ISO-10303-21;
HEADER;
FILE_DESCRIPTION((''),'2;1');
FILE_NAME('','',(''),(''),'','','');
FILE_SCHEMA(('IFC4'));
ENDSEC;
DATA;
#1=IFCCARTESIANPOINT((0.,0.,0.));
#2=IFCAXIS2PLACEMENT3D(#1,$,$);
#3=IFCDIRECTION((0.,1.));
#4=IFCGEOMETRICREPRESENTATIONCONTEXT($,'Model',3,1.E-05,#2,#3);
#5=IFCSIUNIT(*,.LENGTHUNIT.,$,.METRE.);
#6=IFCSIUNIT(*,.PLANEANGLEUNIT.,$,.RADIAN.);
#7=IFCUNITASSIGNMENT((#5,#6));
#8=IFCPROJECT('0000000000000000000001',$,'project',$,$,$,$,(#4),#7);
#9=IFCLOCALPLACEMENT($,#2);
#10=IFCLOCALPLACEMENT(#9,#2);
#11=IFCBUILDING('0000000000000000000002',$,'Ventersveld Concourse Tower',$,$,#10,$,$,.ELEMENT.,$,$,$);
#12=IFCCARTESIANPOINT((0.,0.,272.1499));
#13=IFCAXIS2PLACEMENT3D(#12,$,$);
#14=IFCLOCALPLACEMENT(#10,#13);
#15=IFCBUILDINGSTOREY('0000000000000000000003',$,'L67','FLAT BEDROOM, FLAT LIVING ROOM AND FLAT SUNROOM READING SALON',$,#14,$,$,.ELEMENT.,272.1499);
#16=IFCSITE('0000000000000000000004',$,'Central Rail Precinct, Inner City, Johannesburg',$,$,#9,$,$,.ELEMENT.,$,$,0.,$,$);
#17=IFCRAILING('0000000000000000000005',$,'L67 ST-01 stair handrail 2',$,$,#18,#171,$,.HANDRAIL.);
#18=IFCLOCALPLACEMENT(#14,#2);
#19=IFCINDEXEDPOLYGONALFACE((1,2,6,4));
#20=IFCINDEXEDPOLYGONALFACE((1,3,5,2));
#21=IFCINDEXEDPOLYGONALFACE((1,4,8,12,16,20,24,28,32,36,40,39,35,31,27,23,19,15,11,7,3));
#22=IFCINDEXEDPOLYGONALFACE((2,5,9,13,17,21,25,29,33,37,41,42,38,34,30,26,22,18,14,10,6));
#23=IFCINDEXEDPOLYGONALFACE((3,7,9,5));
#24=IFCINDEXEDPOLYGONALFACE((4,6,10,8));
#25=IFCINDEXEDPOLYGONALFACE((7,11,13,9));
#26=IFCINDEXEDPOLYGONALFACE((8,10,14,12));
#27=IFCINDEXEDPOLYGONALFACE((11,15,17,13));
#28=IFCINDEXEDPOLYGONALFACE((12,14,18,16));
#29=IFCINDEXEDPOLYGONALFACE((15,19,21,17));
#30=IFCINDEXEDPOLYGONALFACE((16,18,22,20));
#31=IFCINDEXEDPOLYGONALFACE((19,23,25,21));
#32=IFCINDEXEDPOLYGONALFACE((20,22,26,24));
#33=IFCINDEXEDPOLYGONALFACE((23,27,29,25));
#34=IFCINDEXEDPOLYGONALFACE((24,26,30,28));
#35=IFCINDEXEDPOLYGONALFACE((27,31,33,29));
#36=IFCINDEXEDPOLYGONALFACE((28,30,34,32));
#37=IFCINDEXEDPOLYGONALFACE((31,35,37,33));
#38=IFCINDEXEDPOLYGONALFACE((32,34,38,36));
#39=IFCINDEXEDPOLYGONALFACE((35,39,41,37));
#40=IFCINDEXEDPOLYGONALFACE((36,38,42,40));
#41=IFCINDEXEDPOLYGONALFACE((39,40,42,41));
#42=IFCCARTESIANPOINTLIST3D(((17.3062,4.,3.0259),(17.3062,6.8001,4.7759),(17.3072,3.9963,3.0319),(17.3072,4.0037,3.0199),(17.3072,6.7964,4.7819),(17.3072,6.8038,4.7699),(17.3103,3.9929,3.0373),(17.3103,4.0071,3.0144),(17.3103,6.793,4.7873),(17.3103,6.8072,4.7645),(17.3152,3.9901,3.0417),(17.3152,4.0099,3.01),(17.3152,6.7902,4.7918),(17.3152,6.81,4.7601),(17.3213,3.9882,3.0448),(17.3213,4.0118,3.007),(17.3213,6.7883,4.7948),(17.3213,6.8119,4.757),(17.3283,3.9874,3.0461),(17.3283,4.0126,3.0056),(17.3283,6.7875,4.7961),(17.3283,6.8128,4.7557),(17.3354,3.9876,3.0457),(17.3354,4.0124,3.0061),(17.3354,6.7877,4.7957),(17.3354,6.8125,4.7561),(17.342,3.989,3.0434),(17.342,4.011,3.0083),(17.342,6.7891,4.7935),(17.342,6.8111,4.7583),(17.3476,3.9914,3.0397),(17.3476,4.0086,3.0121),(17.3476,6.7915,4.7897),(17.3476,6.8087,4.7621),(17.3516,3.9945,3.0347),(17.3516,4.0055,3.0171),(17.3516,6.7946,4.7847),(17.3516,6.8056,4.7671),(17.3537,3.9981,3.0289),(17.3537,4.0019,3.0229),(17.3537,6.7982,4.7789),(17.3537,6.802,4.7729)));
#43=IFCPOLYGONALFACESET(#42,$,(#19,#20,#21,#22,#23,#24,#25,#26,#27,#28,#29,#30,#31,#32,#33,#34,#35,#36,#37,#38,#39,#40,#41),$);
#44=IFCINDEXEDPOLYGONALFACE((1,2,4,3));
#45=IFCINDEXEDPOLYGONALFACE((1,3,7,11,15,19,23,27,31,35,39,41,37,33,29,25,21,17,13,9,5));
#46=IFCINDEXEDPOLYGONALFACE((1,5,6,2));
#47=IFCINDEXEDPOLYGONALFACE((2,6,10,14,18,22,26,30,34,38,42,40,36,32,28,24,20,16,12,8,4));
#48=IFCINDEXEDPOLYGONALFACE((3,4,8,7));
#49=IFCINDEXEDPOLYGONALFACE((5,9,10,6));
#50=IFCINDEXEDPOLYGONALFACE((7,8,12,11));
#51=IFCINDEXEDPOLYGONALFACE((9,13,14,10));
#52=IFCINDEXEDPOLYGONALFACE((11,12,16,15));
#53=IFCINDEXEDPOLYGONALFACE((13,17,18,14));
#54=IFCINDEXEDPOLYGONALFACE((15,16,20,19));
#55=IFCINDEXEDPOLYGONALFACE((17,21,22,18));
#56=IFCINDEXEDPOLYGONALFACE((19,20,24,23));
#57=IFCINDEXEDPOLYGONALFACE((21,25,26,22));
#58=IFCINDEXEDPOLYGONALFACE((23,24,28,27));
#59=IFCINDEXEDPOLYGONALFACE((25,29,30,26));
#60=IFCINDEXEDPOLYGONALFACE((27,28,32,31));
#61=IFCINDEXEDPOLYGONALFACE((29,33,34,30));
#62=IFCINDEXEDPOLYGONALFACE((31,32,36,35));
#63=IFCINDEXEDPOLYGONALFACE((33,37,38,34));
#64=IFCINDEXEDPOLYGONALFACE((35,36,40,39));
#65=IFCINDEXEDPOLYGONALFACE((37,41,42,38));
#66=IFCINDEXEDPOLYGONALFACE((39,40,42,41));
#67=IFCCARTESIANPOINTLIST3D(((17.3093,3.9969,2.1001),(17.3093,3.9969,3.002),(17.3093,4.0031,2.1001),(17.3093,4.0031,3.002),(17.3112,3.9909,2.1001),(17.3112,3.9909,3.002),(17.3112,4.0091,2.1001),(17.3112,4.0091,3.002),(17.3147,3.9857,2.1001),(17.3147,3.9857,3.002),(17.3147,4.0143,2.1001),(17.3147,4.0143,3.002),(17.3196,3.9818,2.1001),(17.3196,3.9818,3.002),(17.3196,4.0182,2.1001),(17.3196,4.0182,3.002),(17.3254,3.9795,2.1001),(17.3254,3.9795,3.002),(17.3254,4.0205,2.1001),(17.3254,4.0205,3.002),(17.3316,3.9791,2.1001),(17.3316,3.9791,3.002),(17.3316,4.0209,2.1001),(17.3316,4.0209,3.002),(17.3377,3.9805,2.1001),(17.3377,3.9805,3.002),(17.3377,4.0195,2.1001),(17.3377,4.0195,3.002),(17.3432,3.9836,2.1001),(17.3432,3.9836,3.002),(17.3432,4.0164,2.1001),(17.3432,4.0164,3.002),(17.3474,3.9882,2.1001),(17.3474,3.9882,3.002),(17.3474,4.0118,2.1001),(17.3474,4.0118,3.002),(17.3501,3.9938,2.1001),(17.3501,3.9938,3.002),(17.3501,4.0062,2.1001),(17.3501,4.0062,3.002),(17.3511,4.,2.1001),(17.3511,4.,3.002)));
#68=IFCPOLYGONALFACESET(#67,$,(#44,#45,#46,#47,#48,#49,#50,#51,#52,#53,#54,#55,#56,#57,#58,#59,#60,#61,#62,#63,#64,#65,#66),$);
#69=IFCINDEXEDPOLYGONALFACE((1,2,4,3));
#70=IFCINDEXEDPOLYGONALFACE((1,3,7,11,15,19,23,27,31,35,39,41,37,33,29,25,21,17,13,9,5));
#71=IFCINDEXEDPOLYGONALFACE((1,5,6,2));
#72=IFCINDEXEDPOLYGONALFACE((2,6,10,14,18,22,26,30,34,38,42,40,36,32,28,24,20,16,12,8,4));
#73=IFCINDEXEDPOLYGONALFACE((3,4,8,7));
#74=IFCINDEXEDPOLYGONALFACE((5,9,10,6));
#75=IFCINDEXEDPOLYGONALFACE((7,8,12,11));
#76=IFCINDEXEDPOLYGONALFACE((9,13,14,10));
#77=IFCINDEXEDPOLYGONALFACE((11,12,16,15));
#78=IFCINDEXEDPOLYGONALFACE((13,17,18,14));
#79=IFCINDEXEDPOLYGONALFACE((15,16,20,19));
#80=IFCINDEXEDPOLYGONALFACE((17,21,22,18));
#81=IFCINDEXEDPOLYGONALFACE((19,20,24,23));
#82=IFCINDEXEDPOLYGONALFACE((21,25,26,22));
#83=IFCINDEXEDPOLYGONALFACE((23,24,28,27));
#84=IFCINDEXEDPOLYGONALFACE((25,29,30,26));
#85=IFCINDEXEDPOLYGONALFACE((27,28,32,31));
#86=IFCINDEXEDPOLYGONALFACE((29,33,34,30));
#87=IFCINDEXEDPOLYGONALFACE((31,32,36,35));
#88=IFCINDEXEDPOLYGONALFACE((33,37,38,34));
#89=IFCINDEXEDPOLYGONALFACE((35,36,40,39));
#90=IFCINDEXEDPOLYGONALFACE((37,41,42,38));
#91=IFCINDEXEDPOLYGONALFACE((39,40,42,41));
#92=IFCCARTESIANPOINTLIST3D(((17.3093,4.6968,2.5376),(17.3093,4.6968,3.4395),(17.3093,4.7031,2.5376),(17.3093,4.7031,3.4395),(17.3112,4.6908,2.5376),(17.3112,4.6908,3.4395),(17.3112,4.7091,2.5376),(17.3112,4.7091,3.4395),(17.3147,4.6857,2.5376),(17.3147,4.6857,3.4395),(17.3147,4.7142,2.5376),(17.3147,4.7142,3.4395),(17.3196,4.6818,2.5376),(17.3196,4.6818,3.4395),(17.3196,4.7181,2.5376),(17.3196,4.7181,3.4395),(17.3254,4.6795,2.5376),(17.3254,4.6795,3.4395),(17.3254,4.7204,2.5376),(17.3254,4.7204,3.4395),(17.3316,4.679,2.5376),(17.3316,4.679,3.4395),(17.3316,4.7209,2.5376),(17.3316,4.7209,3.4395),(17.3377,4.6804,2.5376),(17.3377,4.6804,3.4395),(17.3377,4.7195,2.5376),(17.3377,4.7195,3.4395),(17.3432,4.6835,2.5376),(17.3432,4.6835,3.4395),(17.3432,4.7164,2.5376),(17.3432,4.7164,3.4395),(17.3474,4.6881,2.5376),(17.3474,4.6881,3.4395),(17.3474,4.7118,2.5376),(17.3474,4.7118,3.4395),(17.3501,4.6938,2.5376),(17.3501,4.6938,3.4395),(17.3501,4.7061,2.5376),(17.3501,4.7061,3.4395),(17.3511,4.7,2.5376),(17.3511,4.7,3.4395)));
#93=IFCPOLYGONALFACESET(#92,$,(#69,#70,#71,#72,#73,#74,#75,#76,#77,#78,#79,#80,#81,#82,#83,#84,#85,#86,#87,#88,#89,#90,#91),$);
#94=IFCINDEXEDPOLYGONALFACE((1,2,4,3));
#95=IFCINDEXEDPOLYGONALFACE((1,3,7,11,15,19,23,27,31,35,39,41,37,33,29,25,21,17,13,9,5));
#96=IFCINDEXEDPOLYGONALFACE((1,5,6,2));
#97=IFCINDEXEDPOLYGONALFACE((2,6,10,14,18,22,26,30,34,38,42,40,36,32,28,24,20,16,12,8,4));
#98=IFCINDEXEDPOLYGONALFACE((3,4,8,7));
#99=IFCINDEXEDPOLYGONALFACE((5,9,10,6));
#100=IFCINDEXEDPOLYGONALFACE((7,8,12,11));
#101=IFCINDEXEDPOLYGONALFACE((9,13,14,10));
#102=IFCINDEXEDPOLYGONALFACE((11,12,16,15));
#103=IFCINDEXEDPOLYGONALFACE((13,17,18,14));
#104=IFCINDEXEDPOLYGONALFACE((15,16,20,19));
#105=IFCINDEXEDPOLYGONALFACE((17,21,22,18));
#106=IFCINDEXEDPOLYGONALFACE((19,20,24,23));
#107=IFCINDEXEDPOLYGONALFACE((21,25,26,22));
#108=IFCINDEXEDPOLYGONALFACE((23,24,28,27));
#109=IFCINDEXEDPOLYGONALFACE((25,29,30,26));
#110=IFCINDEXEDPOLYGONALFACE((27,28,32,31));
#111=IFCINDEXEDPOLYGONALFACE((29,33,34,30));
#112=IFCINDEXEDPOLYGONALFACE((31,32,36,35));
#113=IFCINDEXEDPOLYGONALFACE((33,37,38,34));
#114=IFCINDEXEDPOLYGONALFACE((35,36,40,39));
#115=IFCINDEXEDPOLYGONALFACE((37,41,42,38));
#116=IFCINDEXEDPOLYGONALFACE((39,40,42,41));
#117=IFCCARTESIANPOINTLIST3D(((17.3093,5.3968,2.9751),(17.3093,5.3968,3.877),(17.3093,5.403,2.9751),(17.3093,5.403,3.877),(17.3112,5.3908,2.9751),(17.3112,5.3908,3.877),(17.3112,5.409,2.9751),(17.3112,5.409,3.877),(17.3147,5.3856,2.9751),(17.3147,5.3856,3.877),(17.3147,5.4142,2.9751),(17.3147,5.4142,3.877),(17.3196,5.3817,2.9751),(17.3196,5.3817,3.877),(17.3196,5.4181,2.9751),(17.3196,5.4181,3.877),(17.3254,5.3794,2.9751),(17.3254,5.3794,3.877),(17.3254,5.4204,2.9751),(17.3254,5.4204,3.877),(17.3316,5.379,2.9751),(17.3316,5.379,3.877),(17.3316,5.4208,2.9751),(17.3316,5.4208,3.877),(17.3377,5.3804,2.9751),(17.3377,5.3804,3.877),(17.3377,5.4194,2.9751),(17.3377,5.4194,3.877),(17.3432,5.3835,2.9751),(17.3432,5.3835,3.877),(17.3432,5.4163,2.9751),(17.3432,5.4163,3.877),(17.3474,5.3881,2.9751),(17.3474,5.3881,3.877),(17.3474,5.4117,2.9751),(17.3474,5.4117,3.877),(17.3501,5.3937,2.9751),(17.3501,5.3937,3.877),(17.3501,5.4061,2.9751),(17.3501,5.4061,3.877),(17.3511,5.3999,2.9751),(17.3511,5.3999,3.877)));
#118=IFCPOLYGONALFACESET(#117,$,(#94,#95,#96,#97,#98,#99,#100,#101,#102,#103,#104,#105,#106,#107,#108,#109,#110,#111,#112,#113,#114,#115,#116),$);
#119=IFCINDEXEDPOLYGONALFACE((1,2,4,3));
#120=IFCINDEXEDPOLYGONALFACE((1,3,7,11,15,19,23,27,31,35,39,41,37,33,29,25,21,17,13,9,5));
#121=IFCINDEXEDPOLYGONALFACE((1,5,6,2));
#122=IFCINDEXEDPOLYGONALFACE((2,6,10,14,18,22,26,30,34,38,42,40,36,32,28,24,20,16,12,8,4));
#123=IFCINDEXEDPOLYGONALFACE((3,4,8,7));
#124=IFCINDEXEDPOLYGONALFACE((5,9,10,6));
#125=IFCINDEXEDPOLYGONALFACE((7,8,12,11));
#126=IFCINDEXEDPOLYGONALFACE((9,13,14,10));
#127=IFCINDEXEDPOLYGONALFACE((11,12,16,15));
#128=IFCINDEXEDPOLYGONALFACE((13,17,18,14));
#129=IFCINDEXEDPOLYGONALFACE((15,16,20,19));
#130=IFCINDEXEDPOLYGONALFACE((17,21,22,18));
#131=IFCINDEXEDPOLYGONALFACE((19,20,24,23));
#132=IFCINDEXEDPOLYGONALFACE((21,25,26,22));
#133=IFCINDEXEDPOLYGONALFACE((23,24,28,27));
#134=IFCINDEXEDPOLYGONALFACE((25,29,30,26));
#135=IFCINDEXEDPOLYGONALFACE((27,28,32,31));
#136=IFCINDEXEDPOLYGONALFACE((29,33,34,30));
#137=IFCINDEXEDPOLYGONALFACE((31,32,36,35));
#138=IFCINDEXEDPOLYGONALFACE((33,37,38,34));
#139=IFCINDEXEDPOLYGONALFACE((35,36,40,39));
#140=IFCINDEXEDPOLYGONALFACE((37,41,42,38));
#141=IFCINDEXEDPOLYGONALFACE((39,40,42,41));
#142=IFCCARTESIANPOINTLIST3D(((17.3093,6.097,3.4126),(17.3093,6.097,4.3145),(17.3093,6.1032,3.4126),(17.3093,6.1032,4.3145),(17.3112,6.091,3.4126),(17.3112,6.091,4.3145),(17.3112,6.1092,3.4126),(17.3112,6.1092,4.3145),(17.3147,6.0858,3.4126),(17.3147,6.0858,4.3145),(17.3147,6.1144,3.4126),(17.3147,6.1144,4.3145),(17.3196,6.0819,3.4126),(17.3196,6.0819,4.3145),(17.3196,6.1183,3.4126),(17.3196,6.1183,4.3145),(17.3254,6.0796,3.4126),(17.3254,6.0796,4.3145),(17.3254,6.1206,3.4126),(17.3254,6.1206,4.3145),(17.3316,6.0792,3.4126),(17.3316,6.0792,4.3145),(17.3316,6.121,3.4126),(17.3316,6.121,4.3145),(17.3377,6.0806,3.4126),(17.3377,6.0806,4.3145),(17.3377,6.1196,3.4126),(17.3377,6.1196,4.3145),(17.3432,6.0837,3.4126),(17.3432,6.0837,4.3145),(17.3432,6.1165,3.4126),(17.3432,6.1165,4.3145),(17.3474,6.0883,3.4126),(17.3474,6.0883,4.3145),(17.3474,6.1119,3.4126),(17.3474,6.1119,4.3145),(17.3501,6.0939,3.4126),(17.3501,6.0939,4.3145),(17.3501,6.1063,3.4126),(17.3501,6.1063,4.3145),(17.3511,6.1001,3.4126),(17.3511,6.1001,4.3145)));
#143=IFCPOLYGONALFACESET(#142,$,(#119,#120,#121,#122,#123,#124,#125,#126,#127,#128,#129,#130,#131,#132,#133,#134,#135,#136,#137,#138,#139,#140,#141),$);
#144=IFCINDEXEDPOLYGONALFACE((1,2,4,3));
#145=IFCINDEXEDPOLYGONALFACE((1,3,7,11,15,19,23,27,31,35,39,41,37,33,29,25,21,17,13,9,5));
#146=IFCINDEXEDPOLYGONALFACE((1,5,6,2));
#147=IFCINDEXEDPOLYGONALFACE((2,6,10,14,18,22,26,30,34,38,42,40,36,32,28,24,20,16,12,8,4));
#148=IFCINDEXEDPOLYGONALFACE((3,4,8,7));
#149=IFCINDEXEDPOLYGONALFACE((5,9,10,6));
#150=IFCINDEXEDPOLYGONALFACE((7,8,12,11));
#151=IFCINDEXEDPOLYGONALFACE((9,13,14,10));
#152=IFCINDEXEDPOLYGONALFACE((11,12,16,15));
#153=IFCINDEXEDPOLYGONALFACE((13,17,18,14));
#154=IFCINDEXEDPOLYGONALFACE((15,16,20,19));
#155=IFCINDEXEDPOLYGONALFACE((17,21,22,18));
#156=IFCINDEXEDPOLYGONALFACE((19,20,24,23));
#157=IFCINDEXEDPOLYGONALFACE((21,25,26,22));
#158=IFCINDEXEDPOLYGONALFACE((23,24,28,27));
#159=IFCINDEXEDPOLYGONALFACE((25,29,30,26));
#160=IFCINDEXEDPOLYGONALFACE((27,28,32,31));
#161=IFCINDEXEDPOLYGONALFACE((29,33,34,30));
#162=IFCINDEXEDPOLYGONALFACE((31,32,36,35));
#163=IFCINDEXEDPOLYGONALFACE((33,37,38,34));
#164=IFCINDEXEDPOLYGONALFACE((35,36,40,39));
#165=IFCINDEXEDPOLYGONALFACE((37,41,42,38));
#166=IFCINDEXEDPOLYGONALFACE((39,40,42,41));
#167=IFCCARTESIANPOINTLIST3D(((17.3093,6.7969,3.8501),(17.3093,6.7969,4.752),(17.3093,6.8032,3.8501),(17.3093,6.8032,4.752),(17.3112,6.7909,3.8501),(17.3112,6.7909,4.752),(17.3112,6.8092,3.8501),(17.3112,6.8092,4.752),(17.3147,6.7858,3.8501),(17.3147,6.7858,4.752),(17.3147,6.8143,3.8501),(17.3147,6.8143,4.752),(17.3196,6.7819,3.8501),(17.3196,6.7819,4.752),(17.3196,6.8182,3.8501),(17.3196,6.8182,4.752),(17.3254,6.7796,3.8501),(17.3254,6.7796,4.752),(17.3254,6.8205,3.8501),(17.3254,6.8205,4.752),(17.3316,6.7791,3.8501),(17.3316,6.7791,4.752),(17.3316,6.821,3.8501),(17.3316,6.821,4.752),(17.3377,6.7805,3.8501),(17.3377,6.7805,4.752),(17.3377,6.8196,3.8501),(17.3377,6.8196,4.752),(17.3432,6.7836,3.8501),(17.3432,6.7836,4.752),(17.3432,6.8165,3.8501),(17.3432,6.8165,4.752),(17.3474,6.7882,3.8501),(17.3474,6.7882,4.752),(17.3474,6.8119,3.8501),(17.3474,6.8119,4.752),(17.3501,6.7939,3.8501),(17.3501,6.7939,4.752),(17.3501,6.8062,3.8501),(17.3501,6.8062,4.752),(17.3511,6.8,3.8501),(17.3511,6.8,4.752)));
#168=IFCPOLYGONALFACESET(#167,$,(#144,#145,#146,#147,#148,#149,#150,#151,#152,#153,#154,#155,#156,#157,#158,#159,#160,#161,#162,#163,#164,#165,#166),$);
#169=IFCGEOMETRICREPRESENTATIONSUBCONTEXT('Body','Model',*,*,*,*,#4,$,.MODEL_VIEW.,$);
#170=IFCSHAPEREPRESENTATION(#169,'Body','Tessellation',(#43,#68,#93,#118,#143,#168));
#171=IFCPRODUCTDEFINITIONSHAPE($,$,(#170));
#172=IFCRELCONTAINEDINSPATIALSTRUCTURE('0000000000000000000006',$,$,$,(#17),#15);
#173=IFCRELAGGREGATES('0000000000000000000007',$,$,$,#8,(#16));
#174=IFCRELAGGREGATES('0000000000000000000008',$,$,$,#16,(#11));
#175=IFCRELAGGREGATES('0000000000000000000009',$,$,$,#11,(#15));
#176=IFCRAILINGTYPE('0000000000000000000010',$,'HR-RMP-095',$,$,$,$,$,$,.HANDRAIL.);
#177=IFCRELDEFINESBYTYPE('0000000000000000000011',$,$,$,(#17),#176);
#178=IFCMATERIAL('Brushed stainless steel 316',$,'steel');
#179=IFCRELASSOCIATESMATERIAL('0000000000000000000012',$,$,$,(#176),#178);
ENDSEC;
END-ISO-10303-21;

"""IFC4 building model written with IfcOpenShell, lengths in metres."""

from ifc_helpers import new_model, si_unit, direction, frame, origin, origin_2d, place, context, subcontext, project, spatial, circle, extrude, material, type_object, element, save


model = new_model("IFC4")

# Units and contexts
model_context = context("Model", 3, precision=1e-05, world=origin(), true_north=direction((0.0, 1.0)))
body_context = subcontext(model_context, "Body", "Model", "MODEL_VIEW")
ifc_project = project(units=[si_unit("LENGTHUNIT", "METRE"), si_unit("PLANEANGLEUNIT", "RADIAN")], contexts=[model_context])

# Site, building, storey
site_placement = place(None, origin())
site = spatial("IfcSite", under=ifc_project, at=site_placement, Name="Central Rail Precinct, Inner City, Johannesburg", CompositionType="ELEMENT", RefElevation=0.0)
building_placement = place(site_placement, origin())
building = spatial("IfcBuilding", under=site, at=building_placement, Name="Ventersveld Concourse Tower", CompositionType="ELEMENT")
storey_placement = place(building_placement, frame((0.0, 0.0, 272.1499)))
storey = spatial("IfcBuildingStorey", under=building, at=storey_placement, Name="L67", Description="FLAT BEDROOM, FLAT LIVING ROOM AND FLAT SUNROOM READING SALON", CompositionType="ELEMENT", Elevation=272.1499)

# Railing
ifc_material_1 = material(Name="Brushed stainless steel 316", Category="steel")
railing_type_1 = type_object("IfcRailingType", Name="HR-RMP-095", PredefinedType="HANDRAIL", material=ifc_material_1)
railing_1_placement = place(storey_placement, frame((17.3301, 4.0, 2.1001)))
element("IfcRailing", 1, at=railing_1_placement, inside=storey, type_object=railing_type_1, Name="L67 ST-01 stair handrail 2", PredefinedType="HANDRAIL", context=body_context, shape_type="SweptSolid", body=[
    extrude(circle(Radius=0.0239, at=origin_2d()), frame((0.0, 0.0, 0.9258), z_axis=(0.0, 0.848002, 0.529992), x_axis=(-1.0, 0.0, 0.0)), (0.0, 0.0, 1.0), 3.302),
    extrude(circle(Radius=0.021, at=origin_2d()), origin(), (0.0, 0.0, 1.0), 0.9019),
    extrude(circle(Radius=0.021, at=origin_2d()), frame((0.0, 0.7, 0.4375)), (0.0, 0.0, 1.0), 0.9019),
    extrude(circle(Radius=0.021, at=origin_2d()), frame((0.0, 1.3999, 0.875)), (0.0, 0.0, 1.0), 0.9019),
    extrude(circle(Radius=0.021, at=origin_2d()), frame((0.0, 2.1001, 1.3125)), (0.0, 0.0, 1.0), 0.9019),
    extrude(circle(Radius=0.021, at=origin_2d()), frame((0.0, 2.8, 1.75)), (0.0, 0.0, 1.0), 0.9019),
])

save(model, "model.ifc")
